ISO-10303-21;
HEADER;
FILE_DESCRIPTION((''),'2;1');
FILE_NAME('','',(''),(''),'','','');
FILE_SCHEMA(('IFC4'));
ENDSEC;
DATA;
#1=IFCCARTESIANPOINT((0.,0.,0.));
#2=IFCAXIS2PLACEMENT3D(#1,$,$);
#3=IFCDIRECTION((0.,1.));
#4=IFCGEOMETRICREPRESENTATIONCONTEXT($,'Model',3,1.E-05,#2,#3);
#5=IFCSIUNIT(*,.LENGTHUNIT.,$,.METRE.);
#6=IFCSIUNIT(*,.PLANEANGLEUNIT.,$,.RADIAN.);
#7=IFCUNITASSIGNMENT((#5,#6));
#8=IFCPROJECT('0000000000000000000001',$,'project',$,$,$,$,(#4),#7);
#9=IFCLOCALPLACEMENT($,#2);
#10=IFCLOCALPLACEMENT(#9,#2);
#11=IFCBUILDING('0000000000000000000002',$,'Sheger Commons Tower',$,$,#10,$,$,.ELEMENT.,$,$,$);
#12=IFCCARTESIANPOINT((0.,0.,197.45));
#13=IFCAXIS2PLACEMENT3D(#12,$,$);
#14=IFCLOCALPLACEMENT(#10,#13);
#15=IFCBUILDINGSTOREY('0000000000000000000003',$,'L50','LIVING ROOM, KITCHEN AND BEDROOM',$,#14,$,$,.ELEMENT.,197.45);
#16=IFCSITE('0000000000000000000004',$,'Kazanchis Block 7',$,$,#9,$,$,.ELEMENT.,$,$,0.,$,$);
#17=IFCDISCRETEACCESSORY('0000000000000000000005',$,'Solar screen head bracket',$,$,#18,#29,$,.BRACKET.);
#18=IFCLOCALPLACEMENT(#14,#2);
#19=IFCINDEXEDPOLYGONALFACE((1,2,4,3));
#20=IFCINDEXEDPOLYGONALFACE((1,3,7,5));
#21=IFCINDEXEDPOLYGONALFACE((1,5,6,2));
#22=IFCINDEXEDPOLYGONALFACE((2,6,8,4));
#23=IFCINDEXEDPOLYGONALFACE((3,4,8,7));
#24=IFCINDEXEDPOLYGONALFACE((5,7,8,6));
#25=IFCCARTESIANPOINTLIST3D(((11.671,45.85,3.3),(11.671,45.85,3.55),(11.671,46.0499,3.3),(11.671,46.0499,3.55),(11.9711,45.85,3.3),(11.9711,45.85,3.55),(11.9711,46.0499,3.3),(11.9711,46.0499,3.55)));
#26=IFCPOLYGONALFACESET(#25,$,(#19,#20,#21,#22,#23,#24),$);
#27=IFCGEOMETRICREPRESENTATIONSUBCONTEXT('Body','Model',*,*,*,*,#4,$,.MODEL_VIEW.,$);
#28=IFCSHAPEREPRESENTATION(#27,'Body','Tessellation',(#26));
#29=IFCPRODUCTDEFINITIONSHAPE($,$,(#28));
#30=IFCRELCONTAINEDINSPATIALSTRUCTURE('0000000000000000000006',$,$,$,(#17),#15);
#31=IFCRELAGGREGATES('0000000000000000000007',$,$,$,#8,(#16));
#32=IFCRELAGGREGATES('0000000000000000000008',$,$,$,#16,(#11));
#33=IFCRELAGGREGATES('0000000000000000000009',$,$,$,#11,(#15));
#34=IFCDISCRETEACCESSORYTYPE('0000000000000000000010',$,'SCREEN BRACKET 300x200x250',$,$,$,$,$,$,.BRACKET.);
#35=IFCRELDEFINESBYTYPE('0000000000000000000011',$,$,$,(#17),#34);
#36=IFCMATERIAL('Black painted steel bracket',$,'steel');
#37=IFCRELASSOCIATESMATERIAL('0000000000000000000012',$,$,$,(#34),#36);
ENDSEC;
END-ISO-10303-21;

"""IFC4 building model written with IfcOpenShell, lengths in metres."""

from ifc_helpers import new_model, si_unit, direction, frame, origin, origin_2d, place, context, subcontext, project, spatial, rectangle, extrude, material, type_object, element, save


model = new_model("IFC4")

# Units and contexts
model_context = context("Model", 3, precision=1e-05, world=origin(), true_north=direction((0.0, 1.0)))
body_context = subcontext(model_context, "Body", "Model", "MODEL_VIEW")
ifc_project = project(units=[si_unit("LENGTHUNIT", "METRE"), si_unit("PLANEANGLEUNIT", "RADIAN")], contexts=[model_context])

# Site, building, storey
site_placement = place(None, origin())
site = spatial("IfcSite", under=ifc_project, at=site_placement, Name="Kazanchis Block 7", CompositionType="ELEMENT", RefElevation=0.0)
building_placement = place(site_placement, origin())
building = spatial("IfcBuilding", under=site, at=building_placement, Name="Sheger Commons Tower", CompositionType="ELEMENT")
storey_placement = place(building_placement, frame((0.0, 0.0, 197.45)))
storey = spatial("IfcBuildingStorey", under=building, at=storey_placement, Name="L50", Description="LIVING ROOM, KITCHEN AND BEDROOM", CompositionType="ELEMENT", Elevation=197.45)

# Discrete accessory
ifc_material_1 = material(Name="Black painted steel bracket", Category="steel")
discrete_accessory_type = type_object("IfcDiscreteAccessoryType", Name="SCREEN BRACKET 300x200x250", PredefinedType="BRACKET", material=ifc_material_1)
for number, where, z_axis, x_axis, name in (
    (1, (11.821, 45.95, 3.3), (0.0, 0.0, 1.0), (-1.0, 0.0, 0.0), "Solar screen head bracket"),
):
    element("IfcDiscreteAccessory", number, at=place(storey_placement, frame(where, z_axis=z_axis, x_axis=x_axis)), inside=storey, type_object=discrete_accessory_type, Name=name, PredefinedType="BRACKET", context=body_context, shape_type="SweptSolid", body=[
        extrude(rectangle(XDim=0.3, YDim=0.2, at=origin_2d()), origin(), (0.0, 0.0, 1.0), 0.25),
    ])

save(model, "model.ifc")
